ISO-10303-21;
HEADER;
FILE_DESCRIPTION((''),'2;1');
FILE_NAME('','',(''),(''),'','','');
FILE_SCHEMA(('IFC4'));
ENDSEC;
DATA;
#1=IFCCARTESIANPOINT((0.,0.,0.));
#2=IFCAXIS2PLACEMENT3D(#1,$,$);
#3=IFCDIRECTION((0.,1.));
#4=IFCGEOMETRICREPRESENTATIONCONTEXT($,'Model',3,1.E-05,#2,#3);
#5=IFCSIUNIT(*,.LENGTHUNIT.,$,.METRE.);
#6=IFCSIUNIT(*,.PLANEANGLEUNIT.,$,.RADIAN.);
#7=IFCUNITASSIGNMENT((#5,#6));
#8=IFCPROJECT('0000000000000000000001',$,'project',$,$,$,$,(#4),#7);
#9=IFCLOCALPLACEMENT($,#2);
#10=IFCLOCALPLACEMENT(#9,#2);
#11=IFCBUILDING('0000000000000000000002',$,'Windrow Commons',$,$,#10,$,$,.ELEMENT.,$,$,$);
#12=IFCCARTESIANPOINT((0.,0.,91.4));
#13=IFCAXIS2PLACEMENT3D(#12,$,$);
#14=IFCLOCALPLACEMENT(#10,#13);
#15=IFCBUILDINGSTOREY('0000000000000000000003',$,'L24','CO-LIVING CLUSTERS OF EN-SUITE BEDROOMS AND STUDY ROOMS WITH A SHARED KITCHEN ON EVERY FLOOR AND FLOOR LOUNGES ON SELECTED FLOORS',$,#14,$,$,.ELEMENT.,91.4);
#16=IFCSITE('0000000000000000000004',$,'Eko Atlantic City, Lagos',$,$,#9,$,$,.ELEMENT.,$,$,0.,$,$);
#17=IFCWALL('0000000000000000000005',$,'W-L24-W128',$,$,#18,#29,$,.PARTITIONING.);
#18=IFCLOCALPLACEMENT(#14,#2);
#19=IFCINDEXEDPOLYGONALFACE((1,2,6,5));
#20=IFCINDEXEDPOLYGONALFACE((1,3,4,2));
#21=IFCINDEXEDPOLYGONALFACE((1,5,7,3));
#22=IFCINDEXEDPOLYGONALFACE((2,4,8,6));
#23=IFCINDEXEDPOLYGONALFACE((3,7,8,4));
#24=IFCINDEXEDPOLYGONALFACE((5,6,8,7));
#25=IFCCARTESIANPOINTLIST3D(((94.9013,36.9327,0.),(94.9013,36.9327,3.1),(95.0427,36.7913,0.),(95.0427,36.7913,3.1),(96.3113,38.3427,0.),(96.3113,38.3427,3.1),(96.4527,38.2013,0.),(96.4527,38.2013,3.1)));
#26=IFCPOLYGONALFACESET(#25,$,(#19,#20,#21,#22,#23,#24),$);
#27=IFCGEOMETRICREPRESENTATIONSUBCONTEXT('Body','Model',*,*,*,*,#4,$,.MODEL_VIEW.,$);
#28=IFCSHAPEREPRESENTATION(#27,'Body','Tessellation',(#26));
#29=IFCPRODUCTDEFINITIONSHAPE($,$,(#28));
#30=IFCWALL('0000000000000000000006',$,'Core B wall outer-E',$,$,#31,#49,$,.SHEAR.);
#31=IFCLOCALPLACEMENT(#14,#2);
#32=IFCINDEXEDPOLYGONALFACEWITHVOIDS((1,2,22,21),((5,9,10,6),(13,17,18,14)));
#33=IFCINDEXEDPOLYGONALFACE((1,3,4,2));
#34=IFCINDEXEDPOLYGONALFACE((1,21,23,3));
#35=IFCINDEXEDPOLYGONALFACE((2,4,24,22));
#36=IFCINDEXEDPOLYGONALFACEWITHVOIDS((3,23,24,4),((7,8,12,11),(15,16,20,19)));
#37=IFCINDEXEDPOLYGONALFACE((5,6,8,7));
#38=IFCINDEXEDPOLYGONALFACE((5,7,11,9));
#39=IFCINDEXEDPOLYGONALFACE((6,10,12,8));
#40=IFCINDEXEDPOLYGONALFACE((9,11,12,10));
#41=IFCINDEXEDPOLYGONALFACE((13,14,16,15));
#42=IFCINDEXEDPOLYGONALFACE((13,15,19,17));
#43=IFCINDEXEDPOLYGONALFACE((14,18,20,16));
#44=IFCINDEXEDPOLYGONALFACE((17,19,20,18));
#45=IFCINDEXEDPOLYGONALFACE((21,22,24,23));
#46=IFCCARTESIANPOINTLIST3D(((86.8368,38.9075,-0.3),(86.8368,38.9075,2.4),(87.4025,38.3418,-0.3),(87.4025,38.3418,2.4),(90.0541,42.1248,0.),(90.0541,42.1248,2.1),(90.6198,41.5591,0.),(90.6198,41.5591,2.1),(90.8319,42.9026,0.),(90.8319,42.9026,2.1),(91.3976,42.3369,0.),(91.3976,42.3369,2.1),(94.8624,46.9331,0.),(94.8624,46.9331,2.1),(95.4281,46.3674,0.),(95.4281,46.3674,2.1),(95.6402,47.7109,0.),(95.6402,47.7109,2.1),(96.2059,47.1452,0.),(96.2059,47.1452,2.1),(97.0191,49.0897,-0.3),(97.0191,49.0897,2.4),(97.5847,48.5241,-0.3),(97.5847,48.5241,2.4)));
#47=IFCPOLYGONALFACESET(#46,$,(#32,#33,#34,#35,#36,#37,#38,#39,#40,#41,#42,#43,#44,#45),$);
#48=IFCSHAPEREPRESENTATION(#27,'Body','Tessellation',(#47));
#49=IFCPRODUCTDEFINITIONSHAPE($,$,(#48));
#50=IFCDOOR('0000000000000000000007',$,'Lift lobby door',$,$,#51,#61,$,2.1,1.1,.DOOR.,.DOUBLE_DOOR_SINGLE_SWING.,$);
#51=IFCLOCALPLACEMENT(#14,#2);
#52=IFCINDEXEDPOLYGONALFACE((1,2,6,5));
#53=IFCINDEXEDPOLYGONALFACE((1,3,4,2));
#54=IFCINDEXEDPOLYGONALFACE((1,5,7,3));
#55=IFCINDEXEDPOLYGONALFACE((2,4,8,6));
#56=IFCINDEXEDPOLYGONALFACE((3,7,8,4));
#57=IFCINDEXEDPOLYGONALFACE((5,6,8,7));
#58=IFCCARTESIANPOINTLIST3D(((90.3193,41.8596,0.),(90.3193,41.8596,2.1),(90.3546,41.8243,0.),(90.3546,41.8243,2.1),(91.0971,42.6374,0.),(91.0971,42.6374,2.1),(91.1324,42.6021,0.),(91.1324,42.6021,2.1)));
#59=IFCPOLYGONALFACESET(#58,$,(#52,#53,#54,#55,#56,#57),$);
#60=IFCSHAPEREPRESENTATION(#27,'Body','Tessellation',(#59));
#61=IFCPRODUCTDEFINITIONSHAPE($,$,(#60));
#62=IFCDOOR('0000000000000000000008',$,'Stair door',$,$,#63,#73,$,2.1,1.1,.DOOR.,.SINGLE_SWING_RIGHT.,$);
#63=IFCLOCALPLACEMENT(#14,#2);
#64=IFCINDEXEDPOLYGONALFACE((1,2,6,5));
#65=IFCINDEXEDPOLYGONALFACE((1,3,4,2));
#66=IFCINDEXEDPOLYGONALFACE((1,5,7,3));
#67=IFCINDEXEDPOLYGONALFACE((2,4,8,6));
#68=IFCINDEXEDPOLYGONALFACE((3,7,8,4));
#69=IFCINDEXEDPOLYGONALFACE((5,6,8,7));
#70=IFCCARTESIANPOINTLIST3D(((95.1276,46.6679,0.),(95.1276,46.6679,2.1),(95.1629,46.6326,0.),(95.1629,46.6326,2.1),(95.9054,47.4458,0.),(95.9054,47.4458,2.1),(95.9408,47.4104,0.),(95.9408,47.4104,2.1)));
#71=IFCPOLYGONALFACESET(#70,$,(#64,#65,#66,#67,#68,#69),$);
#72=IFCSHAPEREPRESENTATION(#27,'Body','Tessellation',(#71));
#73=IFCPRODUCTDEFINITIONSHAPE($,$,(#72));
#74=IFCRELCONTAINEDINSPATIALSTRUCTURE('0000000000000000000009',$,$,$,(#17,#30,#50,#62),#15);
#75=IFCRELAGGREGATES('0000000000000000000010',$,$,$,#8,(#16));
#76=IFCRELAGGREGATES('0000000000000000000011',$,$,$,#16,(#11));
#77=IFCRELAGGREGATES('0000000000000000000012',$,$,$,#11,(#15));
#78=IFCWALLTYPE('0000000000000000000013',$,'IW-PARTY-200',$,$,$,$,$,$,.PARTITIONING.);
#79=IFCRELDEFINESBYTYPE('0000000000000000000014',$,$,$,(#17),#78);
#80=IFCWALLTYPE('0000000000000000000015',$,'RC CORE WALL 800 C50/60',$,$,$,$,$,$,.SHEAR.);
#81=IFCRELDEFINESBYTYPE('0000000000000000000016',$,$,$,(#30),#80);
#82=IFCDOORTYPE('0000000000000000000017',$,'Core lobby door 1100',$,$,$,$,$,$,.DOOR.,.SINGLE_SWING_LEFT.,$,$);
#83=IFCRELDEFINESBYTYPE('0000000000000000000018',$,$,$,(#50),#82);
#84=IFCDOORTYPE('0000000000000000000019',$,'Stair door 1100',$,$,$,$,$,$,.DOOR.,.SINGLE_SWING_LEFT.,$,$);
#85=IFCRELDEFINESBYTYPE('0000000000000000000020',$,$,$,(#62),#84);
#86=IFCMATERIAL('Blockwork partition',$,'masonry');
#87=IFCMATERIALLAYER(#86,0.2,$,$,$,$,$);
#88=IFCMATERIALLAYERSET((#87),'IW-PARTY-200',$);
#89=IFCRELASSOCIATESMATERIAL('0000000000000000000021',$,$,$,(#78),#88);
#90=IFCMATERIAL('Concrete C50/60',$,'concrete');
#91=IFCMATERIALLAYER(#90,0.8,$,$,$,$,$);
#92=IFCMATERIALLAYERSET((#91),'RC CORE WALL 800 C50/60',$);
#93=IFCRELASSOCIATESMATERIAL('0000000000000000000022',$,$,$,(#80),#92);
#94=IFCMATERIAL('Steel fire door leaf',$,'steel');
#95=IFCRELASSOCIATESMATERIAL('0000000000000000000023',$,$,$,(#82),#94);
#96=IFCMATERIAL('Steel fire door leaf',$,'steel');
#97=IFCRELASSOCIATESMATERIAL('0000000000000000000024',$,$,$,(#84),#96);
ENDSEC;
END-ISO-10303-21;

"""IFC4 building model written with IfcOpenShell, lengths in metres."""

from ifc_helpers import new_model, si_unit, direction, frame, frame_2d, origin, place, context, subcontext, project, spatial, rectangle, extrude, material, layer, layer_set, type_object, element, fill, save


model = new_model("IFC4")

# Units and contexts
model_context = context("Model", 3, precision=1e-05, world=origin(), true_north=direction((0.0, 1.0)))
body_context = subcontext(model_context, "Body", "Model", "MODEL_VIEW")
ifc_project = project(units=[si_unit("LENGTHUNIT", "METRE"), si_unit("PLANEANGLEUNIT", "RADIAN")], contexts=[model_context])

# Site, building, storey
site_placement = place(None, origin())
site = spatial("IfcSite", under=ifc_project, at=site_placement, Name="Eko Atlantic City, Lagos", CompositionType="ELEMENT", RefElevation=0.0)
building_placement = place(site_placement, origin())
building = spatial("IfcBuilding", under=site, at=building_placement, Name="Windrow Commons", CompositionType="ELEMENT")
storey_placement = place(building_placement, frame((0.0, 0.0, 91.4)))
storey = spatial("IfcBuildingStorey", under=building, at=storey_placement, Name="L24", Description="CO-LIVING CLUSTERS OF EN-SUITE BEDROOMS AND STUDY ROOMS WITH A SHARED KITCHEN ON EVERY FLOOR AND FLOOR LOUNGES ON SELECTED FLOORS", CompositionType="ELEMENT", Elevation=91.4)

# Wall
ifc_material_1 = material(Name="Blockwork partition", Category="masonry")
ifc_layer_1 = layer(ifc_material_1, 0.2)
ifc_layer_set_1 = layer_set([ifc_layer_1], Name="IW-PARTY-200")
wall_type_1 = type_object("IfcWallType", Name="IW-PARTY-200", PredefinedType="PARTITIONING", material=ifc_layer_set_1)
wall_1_placement = place(storey_placement, frame((94.972, 36.862, 0.0), z_axis=(0.0, 0.0, 1.0), x_axis=(0.707107, 0.707107, 0.0)))
element("IfcWall", 1, at=wall_1_placement, inside=storey, type_object=wall_type_1, Name="W-L24-W128", PredefinedType="PARTITIONING", context=body_context, shape_type="SweptSolid", body=[
    extrude(rectangle(XDim=1.994, YDim=0.2, at=frame_2d((0.997, 0.0))), origin(), (0.0, 0.0, 1.0), 3.1),
])

# Wall, openings, doors
ifc_material_2 = material(Name="Concrete C50/60", Category="concrete")
ifc_layer_2 = layer(ifc_material_2, 0.8)
ifc_layer_set_2 = layer_set([ifc_layer_2], Name="RC CORE WALL 800 C50/60")
wall_type_2 = type_object("IfcWallType", Name="RC CORE WALL 800 C50/60", PredefinedType="SHEAR", material=ifc_layer_set_2)
wall_2_placement = place(storey_placement, frame((87.1196, 38.6246, -0.3), z_axis=(0.0, 0.0, 1.0), x_axis=(0.707107, 0.707107, 0.0)))
wall_2 = element("IfcWall", 2, at=wall_2_placement, inside=storey, type_object=wall_type_2, Name="Core B wall outer-E", PredefinedType="SHEAR", context=body_context, shape_type="SweptSolid", body=[
    extrude(rectangle(XDim=14.3999, YDim=0.8, at=frame_2d((7.2, 0.0))), origin(), (0.0, 0.0, 1.0), 2.7),
])
opening_1_placement = place(wall_2_placement, frame((4.55, 0.0, 0.3)))
opening_1 = element("IfcOpeningElement", 3, at=opening_1_placement, cuts=wall_2, PredefinedType="OPENING", context=body_context, shape_type="SweptSolid", body=[
    extrude(rectangle(XDim=1.1, YDim=2.1, at=frame_2d((0.55, 1.05))), frame((0.0, 0.41, 0.0), z_axis=(0.0, -1.0, 0.0), x_axis=(1.0, 0.0, 0.0)), (0.0, 0.0, 1.0), 0.82),
])
opening_2_placement = place(wall_2_placement, frame((11.35, 0.0, 0.3)))
opening_2 = element("IfcOpeningElement", 4, at=opening_2_placement, cuts=wall_2, PredefinedType="OPENING", context=body_context, shape_type="SweptSolid", body=[
    extrude(rectangle(XDim=1.1, YDim=2.1, at=frame_2d((0.55, 1.05))), frame((0.0, 0.41, 0.0), z_axis=(0.0, -1.0, 0.0), x_axis=(1.0, 0.0, 0.0)), (0.0, 0.0, 1.0), 0.82),
])
ifc_material_3 = material(Name="Steel fire door leaf", Category="steel")
door_type_1 = type_object("IfcDoorType", Name="Core lobby door 1100", OperationType="SINGLE_SWING_LEFT", PredefinedType="DOOR", material=ifc_material_3)
door_1_placement = place(opening_1_placement, origin())
door_1 = element("IfcDoor", 5, at=door_1_placement, inside=storey, type_object=door_type_1, Name="Lift lobby door", OperationType="DOUBLE_DOOR_SINGLE_SWING", OverallHeight=2.1, OverallWidth=1.1, PredefinedType="DOOR", context=body_context, shape_type="SweptSolid", body=[
    extrude(rectangle(XDim=1.1, YDim=2.1, at=frame_2d((0.55, 1.05))), frame((0.0, 0.025, 0.0), z_axis=(0.0, -1.0, 0.0), x_axis=(1.0, 0.0, 0.0)), (0.0, 0.0, 1.0), 0.05),
])
fill(opening_1, door_1)
ifc_material_4 = material(Name="Steel fire door leaf", Category="steel")
door_type_2 = type_object("IfcDoorType", Name="Stair door 1100", OperationType="SINGLE_SWING_LEFT", PredefinedType="DOOR", material=ifc_material_4)
door_2_placement = place(opening_2_placement, origin())
door_2 = element("IfcDoor", 6, at=door_2_placement, inside=storey, type_object=door_type_2, Name="Stair door", OperationType="SINGLE_SWING_RIGHT", OverallHeight=2.1, OverallWidth=1.1, PredefinedType="DOOR", context=body_context, shape_type="SweptSolid", body=[
    extrude(rectangle(XDim=1.1, YDim=2.1, at=frame_2d((0.55, 1.05))), frame((0.0, 0.025, 0.0), z_axis=(0.0, -1.0, 0.0), x_axis=(1.0, 0.0, 0.0)), (0.0, 0.0, 1.0), 0.05),
])
fill(opening_2, door_2)

save(model, "model.ifc")
